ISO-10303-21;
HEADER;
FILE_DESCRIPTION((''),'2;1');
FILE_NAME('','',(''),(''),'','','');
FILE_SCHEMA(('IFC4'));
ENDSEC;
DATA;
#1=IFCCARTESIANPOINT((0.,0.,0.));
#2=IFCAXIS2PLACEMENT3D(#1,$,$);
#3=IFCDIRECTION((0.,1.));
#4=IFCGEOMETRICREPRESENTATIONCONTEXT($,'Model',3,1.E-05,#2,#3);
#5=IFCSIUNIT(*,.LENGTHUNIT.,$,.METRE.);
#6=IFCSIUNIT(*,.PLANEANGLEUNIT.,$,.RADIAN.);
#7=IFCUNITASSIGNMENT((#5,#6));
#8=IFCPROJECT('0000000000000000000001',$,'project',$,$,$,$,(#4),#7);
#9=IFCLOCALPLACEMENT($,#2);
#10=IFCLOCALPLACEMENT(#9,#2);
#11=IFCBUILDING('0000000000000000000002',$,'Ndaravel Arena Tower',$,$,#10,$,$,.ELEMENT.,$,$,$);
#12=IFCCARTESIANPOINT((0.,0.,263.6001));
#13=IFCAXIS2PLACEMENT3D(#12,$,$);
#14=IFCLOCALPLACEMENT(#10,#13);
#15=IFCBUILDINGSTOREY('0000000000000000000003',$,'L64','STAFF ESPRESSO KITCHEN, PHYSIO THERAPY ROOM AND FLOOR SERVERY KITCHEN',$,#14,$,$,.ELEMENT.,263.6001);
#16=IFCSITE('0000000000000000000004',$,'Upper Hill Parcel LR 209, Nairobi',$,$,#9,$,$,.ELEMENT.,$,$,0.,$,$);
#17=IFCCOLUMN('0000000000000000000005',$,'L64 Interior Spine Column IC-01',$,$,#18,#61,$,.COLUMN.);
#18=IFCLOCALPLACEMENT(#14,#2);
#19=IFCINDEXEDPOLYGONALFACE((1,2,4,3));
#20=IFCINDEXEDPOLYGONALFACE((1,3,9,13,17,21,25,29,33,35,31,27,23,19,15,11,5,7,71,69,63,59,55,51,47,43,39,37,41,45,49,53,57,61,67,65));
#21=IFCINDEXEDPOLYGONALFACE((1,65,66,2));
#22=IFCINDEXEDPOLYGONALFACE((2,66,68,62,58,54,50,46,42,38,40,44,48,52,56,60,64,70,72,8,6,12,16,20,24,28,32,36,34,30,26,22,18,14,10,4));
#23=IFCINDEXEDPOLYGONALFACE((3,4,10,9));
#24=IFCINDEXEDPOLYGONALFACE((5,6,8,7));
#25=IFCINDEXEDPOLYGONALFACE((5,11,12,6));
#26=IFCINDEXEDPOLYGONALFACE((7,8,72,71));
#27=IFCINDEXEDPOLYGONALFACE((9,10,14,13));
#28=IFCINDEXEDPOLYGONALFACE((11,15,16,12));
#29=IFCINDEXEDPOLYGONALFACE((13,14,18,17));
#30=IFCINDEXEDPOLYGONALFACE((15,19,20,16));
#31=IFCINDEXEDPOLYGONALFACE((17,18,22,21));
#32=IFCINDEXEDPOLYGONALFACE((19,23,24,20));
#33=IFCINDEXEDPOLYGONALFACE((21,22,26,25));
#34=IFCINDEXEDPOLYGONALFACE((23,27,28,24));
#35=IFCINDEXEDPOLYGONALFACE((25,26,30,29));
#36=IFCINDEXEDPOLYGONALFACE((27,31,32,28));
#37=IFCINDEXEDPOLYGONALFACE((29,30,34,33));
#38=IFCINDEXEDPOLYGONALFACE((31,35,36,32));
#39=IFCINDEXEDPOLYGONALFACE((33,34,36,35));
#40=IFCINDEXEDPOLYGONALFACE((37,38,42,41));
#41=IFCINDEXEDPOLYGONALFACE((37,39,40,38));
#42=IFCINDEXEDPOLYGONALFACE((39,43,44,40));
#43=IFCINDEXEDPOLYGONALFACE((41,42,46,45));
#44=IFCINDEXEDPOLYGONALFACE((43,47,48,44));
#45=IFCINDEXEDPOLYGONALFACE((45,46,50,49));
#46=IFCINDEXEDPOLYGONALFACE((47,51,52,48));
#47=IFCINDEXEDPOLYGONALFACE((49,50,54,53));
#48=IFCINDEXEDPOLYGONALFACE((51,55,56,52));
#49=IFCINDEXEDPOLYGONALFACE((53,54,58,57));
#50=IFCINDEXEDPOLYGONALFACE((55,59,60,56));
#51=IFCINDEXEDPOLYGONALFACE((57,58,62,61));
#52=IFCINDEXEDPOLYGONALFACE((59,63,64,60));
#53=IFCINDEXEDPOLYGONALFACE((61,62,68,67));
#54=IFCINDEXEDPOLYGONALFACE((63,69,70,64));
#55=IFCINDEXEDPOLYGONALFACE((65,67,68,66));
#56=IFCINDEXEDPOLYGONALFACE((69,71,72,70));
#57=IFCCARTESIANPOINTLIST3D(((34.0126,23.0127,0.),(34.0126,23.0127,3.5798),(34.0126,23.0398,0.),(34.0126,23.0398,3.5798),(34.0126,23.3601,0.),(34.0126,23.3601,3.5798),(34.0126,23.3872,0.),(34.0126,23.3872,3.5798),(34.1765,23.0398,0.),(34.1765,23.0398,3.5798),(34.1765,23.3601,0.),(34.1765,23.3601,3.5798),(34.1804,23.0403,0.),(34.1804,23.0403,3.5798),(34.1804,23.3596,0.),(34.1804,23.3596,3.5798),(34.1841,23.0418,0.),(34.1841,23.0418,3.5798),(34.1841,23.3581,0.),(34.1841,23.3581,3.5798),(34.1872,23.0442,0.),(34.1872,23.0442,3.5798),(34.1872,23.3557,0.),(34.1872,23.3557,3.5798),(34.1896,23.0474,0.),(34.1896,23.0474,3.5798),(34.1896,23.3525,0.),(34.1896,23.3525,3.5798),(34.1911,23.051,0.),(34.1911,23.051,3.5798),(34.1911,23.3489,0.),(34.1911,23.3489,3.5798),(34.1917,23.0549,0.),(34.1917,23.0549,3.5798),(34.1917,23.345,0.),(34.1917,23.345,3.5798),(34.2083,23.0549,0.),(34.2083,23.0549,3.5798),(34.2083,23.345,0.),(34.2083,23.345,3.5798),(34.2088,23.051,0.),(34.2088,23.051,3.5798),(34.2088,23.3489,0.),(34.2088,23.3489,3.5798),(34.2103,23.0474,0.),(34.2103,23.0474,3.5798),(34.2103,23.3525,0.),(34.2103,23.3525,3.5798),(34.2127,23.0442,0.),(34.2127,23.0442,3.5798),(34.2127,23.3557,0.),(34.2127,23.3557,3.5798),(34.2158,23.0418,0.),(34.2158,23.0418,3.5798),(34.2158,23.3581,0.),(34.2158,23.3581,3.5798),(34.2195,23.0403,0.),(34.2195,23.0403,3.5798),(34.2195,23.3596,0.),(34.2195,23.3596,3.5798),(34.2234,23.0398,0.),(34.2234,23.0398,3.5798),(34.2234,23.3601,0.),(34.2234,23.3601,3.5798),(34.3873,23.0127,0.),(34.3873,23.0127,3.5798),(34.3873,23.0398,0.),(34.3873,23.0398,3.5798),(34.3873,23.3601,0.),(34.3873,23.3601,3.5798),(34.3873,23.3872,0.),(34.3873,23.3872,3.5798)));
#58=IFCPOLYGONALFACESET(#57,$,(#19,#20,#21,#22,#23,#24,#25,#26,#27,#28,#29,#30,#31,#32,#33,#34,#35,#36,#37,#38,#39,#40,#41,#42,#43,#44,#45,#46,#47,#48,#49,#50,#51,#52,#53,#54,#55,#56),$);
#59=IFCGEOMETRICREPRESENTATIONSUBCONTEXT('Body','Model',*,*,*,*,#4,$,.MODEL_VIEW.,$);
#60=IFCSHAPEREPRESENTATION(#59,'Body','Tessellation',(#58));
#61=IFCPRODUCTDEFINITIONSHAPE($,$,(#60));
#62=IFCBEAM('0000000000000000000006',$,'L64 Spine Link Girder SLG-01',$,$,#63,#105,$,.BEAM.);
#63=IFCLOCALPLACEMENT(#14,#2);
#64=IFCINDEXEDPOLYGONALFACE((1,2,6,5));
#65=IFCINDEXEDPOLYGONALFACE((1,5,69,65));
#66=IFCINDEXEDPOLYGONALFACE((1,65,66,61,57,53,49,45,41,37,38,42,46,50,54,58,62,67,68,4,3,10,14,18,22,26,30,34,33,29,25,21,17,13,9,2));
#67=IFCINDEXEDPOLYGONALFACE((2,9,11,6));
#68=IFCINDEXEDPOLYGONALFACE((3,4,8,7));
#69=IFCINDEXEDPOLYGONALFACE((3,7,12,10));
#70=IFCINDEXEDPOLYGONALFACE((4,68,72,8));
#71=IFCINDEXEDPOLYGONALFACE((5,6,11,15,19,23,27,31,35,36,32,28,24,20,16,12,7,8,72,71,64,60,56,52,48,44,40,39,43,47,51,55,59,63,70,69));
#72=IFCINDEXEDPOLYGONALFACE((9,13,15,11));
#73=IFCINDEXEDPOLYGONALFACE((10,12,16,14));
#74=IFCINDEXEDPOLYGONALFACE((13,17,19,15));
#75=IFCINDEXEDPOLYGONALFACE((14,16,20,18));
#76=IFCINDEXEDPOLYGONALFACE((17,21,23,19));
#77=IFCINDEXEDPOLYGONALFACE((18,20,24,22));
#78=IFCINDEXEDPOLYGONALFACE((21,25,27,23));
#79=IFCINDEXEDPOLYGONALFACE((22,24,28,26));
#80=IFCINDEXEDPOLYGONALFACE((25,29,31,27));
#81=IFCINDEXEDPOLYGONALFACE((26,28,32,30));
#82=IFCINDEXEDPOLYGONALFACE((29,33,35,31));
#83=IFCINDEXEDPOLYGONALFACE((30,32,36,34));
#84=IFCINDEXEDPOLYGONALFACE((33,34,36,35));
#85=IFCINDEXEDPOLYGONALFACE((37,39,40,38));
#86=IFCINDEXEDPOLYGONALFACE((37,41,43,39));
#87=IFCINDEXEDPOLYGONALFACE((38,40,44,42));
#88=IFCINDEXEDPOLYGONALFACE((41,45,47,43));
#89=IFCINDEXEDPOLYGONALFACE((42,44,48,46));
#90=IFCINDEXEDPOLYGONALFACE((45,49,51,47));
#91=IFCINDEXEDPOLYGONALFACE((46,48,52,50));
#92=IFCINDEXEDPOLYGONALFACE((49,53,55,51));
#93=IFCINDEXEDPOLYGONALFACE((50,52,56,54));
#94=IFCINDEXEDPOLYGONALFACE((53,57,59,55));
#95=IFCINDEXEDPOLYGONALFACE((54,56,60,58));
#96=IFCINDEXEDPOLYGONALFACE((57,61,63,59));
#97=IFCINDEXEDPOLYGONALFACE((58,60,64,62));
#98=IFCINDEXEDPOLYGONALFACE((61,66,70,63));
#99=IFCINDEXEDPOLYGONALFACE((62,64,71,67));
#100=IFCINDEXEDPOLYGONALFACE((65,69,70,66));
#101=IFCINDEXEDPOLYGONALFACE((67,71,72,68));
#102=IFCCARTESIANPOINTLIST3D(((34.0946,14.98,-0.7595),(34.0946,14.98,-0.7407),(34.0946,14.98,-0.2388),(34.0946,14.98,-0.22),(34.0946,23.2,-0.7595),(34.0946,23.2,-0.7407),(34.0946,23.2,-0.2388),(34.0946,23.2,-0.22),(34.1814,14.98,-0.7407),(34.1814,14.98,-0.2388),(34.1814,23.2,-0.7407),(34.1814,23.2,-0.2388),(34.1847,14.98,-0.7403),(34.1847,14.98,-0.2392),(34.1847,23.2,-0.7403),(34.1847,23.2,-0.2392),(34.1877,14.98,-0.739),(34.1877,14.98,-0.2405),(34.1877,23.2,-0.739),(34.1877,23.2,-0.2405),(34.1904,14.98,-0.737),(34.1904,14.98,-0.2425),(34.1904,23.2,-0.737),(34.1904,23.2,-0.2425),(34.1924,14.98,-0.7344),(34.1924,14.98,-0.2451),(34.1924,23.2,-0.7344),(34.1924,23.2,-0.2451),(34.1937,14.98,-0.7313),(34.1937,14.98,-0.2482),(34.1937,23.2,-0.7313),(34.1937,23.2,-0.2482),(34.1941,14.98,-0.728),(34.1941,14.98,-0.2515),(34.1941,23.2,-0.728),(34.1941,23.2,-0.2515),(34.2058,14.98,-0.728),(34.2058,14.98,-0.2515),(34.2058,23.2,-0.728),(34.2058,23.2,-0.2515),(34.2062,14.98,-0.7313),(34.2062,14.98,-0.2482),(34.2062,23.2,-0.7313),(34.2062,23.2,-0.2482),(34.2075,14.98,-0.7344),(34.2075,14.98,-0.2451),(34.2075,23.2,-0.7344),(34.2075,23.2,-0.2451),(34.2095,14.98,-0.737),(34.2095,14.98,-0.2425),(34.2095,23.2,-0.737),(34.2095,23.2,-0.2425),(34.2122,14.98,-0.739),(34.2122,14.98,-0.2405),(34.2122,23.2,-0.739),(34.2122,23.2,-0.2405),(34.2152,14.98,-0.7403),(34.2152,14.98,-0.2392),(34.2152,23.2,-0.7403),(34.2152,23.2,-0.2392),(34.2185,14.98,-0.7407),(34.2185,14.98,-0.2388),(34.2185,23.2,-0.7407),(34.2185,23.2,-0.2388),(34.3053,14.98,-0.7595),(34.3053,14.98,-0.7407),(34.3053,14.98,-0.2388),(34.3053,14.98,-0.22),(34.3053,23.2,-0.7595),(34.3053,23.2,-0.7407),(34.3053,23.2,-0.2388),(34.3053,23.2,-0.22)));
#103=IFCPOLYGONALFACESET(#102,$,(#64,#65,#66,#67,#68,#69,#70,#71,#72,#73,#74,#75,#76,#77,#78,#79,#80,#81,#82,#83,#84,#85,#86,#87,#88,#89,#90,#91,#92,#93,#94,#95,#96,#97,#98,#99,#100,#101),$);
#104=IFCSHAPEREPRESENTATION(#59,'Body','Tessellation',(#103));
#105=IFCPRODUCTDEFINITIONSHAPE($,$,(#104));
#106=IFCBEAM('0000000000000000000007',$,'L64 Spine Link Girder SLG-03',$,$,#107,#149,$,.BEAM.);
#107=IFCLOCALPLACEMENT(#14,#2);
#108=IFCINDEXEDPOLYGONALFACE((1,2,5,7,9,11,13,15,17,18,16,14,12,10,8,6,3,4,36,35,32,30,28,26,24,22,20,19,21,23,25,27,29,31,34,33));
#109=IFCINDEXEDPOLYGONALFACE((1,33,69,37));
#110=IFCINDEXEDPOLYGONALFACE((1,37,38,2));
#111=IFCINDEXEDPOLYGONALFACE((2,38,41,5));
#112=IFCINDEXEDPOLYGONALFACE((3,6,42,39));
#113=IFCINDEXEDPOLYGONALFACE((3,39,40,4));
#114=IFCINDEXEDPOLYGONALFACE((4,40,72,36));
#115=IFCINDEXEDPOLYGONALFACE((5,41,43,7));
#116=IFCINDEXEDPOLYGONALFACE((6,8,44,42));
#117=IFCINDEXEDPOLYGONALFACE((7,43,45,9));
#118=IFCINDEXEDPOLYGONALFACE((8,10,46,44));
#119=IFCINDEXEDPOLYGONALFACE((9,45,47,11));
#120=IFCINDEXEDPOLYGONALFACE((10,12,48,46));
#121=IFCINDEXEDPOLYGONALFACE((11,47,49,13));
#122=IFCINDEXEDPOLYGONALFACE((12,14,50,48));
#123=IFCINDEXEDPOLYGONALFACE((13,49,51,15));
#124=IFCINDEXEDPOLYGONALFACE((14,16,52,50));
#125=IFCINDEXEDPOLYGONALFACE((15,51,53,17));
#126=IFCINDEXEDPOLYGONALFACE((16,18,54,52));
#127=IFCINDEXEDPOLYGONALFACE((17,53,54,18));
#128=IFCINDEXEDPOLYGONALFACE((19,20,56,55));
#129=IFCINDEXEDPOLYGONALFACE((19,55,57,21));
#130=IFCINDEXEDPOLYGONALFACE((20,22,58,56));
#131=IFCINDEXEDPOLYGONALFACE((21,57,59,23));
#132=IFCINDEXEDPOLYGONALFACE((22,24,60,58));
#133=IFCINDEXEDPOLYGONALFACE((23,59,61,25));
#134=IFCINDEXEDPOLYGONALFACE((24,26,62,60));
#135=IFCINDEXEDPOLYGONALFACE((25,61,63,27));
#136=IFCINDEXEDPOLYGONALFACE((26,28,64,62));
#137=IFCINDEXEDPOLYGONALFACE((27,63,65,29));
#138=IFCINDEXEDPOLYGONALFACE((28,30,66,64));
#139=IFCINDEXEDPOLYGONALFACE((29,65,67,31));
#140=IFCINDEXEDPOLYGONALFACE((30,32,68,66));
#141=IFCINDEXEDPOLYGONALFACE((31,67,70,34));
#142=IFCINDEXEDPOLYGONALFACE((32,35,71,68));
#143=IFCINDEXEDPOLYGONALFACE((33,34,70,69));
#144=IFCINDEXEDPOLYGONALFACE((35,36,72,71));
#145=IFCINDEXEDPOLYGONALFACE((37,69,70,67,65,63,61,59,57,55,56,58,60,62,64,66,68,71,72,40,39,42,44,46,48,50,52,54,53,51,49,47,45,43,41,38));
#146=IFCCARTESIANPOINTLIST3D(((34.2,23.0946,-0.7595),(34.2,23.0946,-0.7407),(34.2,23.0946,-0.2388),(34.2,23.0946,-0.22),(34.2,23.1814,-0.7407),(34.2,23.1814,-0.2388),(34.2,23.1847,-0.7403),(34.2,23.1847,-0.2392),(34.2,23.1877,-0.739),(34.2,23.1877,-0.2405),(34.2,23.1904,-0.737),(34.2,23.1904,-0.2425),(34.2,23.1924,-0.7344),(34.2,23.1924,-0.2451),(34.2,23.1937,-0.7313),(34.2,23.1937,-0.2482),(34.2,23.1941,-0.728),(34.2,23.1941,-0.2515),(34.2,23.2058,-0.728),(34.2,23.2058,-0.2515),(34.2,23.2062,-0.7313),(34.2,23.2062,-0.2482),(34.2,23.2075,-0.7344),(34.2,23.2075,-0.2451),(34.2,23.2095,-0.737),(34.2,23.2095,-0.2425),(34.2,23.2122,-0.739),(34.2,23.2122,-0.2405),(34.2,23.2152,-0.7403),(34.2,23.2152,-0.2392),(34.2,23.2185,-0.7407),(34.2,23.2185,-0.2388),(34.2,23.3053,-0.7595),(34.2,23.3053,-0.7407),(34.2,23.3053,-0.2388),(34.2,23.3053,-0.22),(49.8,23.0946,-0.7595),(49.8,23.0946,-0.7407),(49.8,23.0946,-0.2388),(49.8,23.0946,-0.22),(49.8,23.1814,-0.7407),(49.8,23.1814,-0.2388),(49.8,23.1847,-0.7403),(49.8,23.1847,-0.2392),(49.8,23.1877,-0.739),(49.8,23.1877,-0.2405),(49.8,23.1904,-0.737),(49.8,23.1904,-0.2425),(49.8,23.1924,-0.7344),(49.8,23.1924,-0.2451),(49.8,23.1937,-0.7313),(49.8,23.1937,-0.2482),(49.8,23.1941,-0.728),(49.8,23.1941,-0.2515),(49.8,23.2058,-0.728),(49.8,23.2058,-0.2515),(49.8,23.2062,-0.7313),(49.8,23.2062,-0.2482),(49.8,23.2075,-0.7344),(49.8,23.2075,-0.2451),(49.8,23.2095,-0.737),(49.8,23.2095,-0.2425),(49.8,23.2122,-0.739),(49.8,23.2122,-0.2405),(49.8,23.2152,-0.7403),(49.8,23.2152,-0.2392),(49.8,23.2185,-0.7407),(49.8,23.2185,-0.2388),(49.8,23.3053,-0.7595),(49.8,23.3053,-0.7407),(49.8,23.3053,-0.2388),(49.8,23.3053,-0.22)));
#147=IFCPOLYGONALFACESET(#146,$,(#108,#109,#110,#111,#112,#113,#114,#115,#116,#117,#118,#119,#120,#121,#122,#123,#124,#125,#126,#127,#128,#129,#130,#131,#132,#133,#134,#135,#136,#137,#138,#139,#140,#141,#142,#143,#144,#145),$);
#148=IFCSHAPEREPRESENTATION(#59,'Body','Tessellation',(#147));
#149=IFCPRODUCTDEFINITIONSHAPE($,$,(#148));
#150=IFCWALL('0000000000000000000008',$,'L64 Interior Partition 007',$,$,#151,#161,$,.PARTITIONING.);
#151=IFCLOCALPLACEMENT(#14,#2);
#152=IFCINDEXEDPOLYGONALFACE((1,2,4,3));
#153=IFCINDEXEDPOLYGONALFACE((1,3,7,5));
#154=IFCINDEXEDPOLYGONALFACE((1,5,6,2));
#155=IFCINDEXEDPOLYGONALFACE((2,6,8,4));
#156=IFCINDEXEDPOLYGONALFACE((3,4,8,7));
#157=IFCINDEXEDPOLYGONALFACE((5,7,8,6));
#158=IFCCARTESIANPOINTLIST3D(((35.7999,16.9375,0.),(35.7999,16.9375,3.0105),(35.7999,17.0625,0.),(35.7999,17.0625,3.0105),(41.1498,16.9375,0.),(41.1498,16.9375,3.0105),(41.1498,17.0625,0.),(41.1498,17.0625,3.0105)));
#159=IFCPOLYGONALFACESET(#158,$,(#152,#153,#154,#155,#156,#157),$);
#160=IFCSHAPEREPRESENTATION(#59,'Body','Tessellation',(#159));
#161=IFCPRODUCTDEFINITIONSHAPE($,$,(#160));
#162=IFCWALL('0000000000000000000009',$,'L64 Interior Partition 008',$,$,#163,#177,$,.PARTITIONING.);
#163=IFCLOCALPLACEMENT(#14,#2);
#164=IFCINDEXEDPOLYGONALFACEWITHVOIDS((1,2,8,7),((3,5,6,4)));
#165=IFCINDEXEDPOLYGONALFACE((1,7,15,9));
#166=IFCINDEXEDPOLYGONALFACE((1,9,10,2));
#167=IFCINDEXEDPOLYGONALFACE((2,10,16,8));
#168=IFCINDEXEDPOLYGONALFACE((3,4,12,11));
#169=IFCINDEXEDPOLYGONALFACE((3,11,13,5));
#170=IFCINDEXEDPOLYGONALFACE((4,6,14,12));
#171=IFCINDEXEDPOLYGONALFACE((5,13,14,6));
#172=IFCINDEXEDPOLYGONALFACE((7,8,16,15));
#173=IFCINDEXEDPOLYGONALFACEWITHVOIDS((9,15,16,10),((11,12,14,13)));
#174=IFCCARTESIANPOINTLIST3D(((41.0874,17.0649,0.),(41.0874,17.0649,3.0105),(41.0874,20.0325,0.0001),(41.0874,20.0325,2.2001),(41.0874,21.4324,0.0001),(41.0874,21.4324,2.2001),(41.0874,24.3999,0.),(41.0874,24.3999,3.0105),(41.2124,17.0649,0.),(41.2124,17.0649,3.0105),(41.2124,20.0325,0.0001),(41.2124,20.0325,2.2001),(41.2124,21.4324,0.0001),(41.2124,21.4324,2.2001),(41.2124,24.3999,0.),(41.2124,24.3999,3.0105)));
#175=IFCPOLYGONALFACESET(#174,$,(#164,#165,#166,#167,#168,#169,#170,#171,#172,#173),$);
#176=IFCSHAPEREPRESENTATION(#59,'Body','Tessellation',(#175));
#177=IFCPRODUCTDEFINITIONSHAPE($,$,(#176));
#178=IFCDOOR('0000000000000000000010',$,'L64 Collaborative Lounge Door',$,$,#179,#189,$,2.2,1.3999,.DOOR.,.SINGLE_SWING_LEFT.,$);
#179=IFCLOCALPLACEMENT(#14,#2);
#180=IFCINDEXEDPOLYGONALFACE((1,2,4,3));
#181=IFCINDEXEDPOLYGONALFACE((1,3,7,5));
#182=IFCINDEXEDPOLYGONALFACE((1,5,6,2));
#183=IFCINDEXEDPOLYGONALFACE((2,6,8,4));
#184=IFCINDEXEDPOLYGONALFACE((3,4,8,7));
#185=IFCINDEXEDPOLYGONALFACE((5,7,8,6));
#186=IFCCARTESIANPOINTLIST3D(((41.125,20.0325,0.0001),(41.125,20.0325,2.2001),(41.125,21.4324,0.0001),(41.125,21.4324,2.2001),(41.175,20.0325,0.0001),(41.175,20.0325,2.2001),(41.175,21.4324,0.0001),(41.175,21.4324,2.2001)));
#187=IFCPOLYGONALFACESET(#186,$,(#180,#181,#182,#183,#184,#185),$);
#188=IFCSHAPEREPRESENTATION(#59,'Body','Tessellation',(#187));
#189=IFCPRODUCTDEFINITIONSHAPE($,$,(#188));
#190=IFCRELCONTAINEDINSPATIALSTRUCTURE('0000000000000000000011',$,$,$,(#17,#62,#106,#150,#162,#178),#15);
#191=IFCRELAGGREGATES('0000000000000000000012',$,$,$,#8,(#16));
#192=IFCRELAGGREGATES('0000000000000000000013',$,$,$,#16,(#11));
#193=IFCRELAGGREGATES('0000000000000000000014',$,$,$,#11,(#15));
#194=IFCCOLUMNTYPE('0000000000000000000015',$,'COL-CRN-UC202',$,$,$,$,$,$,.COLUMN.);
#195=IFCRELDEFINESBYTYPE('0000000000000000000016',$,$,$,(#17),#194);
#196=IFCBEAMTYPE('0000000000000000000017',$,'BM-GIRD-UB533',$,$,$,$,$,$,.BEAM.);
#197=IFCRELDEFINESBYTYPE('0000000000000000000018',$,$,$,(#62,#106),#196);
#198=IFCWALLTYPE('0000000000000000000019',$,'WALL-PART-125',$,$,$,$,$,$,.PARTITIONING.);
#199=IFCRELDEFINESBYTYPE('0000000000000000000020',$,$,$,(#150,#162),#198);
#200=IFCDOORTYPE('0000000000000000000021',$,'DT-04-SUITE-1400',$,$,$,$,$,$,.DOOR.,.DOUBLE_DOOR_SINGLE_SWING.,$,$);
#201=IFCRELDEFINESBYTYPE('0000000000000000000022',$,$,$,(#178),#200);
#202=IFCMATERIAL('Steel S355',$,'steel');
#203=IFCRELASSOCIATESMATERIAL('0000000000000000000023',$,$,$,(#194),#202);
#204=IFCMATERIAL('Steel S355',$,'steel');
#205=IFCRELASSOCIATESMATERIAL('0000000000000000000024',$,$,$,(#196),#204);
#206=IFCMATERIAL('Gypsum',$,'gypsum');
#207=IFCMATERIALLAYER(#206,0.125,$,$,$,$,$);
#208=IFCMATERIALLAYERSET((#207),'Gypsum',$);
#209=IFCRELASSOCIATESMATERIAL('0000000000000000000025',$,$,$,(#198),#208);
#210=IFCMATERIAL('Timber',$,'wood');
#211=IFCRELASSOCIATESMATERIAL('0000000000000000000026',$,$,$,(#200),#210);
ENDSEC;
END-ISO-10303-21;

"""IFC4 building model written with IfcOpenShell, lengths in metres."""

from ifc_helpers import new_model, si_unit, direction, frame, frame_2d, origin, origin_2d, place, context, subcontext, project, spatial, rectangle, i_section, extrude, material, layer, layer_set, material_profile, profile_set, type_object, element, fill, save


model = new_model("IFC4")

# Units and contexts
model_context = context("Model", 3, precision=1e-05, world=origin(), true_north=direction((0.0, 1.0)))
body_context = subcontext(model_context, "Body", "Model", "MODEL_VIEW")
ifc_project = project(units=[si_unit("LENGTHUNIT", "METRE"), si_unit("PLANEANGLEUNIT", "RADIAN")], contexts=[model_context])

# Site, building, storey
site_placement = place(None, origin())
site = spatial("IfcSite", under=ifc_project, at=site_placement, Name="Upper Hill Parcel LR 209, Nairobi", CompositionType="ELEMENT", RefElevation=0.0)
building_placement = place(site_placement, origin())
building = spatial("IfcBuilding", under=site, at=building_placement, Name="Ndaravel Arena Tower", CompositionType="ELEMENT")
storey_placement = place(building_placement, frame((0.0, 0.0, 263.6001)))
storey = spatial("IfcBuildingStorey", under=building, at=storey_placement, Name="L64", Description="STAFF ESPRESSO KITCHEN, PHYSIO THERAPY ROOM AND FLOOR SERVERY KITCHEN", CompositionType="ELEMENT", Elevation=263.6001)

# Column
ifc_material_1 = material(Name="Steel S355", Category="steel")
ifc_material_profile_1 = material_profile(ifc_material_1, i_section(OverallWidth=0.3748, OverallDepth=0.3745, WebThickness=0.0166, FlangeThickness=0.0271, FilletRadius=0.0151, at=origin_2d()), Name="UC 356x368x202")
ifc_profile_set_1 = profile_set([ifc_material_profile_1], Name="Steel S355")
column_type = type_object("IfcColumnType", Name="COL-CRN-UC202", PredefinedType="COLUMN", material=ifc_profile_set_1)
column_placement = place(storey_placement, frame((34.2, 23.2, 0.0), z_axis=(0.0, 0.0, 1.0), x_axis=(1.0, 0.0, 0.0)))
element("IfcColumn", 1, at=column_placement, inside=storey, type_object=column_type, Name="L64 Interior Spine Column IC-01", PredefinedType="COLUMN", context=body_context, shape_type="SweptSolid", body=[
    extrude(i_section(OverallWidth=0.3748, OverallDepth=0.3745, WebThickness=0.0166, FlangeThickness=0.0271, FilletRadius=0.0151, at=origin_2d()), origin(), (0.0, 0.0, 1.0), 3.5798),
])

# Beams
ifc_material_2 = material(Name="Steel S355", Category="steel")
ifc_material_profile_2 = material_profile(ifc_material_2, i_section(OverallWidth=0.2107, OverallDepth=0.5396, WebThickness=0.0117, FlangeThickness=0.0188, FilletRadius=0.0127, at=origin_2d()), Name="UB 533x210x109")
ifc_profile_set_2 = profile_set([ifc_material_profile_2], Name="Steel S355")
beam_type = type_object("IfcBeamType", Name="BM-GIRD-UB533", PredefinedType="BEAM", material=ifc_profile_set_2)
beam_1_placement = place(storey_placement, frame((34.2, 14.98, -0.4897), z_axis=(0.0, 1.0, 0.0), x_axis=(-1.0, 0.0, 0.0)))
element("IfcBeam", 2, at=beam_1_placement, inside=storey, type_object=beam_type, Name="L64 Spine Link Girder SLG-01", PredefinedType="BEAM", context=body_context, shape_type="SweptSolid", body=[
    extrude(i_section(OverallWidth=0.2107, OverallDepth=0.5396, WebThickness=0.0117, FlangeThickness=0.0188, FilletRadius=0.0127, at=origin_2d()), origin(), (0.0, 0.0, 1.0), 8.22),
])
beam_2_placement = place(storey_placement, frame((34.2, 23.2, -0.4897), z_axis=(1.0, 0.0, 0.0), x_axis=(0.0, 1.0, 0.0)))
element("IfcBeam", 3, at=beam_2_placement, inside=storey, type_object=beam_type, Name="L64 Spine Link Girder SLG-03", PredefinedType="BEAM", context=body_context, shape_type="SweptSolid", body=[
    extrude(i_section(OverallWidth=0.2107, OverallDepth=0.5396, WebThickness=0.0117, FlangeThickness=0.0188, FilletRadius=0.0127, at=origin_2d()), origin(), (0.0, 0.0, 1.0), 15.6001),
])

# Wall
ifc_material_3 = material(Name="Gypsum", Category="gypsum")
ifc_layer_1 = layer(ifc_material_3, 0.125)
ifc_layer_set_1 = layer_set([ifc_layer_1], Name="Gypsum")
wall_type_1 = type_object("IfcWallType", Name="WALL-PART-125", PredefinedType="PARTITIONING", material=ifc_layer_set_1)
wall_1_placement = place(storey_placement, frame((35.8, 17.0, 0.0), z_axis=(0.0, 0.0, 1.0), x_axis=(1.0, 0.0, 0.0)))
element("IfcWall", 4, at=wall_1_placement, inside=storey, type_object=wall_type_1, Name="L64 Interior Partition 007", PredefinedType="PARTITIONING", context=body_context, shape_type="SweptSolid", body=[
    extrude(rectangle(XDim=5.3499, YDim=0.125, at=frame_2d((2.6748, 0.0))), origin(), (0.0, 0.0, 1.0), 3.0105),
])

# Wall, opening, door
wall_2_placement = place(storey_placement, frame((41.1499, 17.0649, 0.0), z_axis=(0.0, 0.0, 1.0), x_axis=(0.0, 1.0, 0.0)))
wall_2 = element("IfcWall", 5, at=wall_2_placement, inside=storey, type_object=wall_type_1, Name="L64 Interior Partition 008", PredefinedType="PARTITIONING", context=body_context, shape_type="SweptSolid", body=[
    extrude(rectangle(XDim=7.335, YDim=0.125, at=frame_2d((3.6675, 0.0))), origin(), (0.0, 0.0, 1.0), 3.0105),
])
opening_1_placement = place(wall_2_placement, frame((2.9675, 0.0, 0.0)))
opening_1 = element("IfcOpeningElement", 6, at=opening_1_placement, cuts=wall_2, PredefinedType="OPENING", context=body_context, shape_type="SweptSolid", body=[
    extrude(rectangle(XDim=1.3999, YDim=2.2, at=frame_2d((0.7, 1.1001))), frame((0.0, 0.0625, 0.0), z_axis=(0.0, -1.0, 0.0), x_axis=(1.0, 0.0, 0.0)), (0.0, 0.0, 1.0), 0.125),
])
ifc_material_4 = material(Name="Timber", Category="wood")
door_type_1 = type_object("IfcDoorType", Name="DT-04-SUITE-1400", OperationType="DOUBLE_DOOR_SINGLE_SWING", PredefinedType="DOOR", material=ifc_material_4)
door_1_placement = place(opening_1_placement, origin())
door_1 = element("IfcDoor", 7, at=door_1_placement, inside=storey, type_object=door_type_1, Name="L64 Collaborative Lounge Door", OperationType="SINGLE_SWING_LEFT", OverallHeight=2.2, OverallWidth=1.3999, PredefinedType="DOOR", context=body_context, shape_type="SweptSolid", body=[
    extrude(rectangle(XDim=1.3999, YDim=2.2, at=frame_2d((0.7, 1.1001))), frame((0.0, 0.0249, 0.0), z_axis=(0.0, -1.0, 0.0), x_axis=(1.0, 0.0, 0.0)), (0.0, 0.0, 1.0), 0.05),
])
fill(opening_1, door_1)

save(model, "model.ifc")
